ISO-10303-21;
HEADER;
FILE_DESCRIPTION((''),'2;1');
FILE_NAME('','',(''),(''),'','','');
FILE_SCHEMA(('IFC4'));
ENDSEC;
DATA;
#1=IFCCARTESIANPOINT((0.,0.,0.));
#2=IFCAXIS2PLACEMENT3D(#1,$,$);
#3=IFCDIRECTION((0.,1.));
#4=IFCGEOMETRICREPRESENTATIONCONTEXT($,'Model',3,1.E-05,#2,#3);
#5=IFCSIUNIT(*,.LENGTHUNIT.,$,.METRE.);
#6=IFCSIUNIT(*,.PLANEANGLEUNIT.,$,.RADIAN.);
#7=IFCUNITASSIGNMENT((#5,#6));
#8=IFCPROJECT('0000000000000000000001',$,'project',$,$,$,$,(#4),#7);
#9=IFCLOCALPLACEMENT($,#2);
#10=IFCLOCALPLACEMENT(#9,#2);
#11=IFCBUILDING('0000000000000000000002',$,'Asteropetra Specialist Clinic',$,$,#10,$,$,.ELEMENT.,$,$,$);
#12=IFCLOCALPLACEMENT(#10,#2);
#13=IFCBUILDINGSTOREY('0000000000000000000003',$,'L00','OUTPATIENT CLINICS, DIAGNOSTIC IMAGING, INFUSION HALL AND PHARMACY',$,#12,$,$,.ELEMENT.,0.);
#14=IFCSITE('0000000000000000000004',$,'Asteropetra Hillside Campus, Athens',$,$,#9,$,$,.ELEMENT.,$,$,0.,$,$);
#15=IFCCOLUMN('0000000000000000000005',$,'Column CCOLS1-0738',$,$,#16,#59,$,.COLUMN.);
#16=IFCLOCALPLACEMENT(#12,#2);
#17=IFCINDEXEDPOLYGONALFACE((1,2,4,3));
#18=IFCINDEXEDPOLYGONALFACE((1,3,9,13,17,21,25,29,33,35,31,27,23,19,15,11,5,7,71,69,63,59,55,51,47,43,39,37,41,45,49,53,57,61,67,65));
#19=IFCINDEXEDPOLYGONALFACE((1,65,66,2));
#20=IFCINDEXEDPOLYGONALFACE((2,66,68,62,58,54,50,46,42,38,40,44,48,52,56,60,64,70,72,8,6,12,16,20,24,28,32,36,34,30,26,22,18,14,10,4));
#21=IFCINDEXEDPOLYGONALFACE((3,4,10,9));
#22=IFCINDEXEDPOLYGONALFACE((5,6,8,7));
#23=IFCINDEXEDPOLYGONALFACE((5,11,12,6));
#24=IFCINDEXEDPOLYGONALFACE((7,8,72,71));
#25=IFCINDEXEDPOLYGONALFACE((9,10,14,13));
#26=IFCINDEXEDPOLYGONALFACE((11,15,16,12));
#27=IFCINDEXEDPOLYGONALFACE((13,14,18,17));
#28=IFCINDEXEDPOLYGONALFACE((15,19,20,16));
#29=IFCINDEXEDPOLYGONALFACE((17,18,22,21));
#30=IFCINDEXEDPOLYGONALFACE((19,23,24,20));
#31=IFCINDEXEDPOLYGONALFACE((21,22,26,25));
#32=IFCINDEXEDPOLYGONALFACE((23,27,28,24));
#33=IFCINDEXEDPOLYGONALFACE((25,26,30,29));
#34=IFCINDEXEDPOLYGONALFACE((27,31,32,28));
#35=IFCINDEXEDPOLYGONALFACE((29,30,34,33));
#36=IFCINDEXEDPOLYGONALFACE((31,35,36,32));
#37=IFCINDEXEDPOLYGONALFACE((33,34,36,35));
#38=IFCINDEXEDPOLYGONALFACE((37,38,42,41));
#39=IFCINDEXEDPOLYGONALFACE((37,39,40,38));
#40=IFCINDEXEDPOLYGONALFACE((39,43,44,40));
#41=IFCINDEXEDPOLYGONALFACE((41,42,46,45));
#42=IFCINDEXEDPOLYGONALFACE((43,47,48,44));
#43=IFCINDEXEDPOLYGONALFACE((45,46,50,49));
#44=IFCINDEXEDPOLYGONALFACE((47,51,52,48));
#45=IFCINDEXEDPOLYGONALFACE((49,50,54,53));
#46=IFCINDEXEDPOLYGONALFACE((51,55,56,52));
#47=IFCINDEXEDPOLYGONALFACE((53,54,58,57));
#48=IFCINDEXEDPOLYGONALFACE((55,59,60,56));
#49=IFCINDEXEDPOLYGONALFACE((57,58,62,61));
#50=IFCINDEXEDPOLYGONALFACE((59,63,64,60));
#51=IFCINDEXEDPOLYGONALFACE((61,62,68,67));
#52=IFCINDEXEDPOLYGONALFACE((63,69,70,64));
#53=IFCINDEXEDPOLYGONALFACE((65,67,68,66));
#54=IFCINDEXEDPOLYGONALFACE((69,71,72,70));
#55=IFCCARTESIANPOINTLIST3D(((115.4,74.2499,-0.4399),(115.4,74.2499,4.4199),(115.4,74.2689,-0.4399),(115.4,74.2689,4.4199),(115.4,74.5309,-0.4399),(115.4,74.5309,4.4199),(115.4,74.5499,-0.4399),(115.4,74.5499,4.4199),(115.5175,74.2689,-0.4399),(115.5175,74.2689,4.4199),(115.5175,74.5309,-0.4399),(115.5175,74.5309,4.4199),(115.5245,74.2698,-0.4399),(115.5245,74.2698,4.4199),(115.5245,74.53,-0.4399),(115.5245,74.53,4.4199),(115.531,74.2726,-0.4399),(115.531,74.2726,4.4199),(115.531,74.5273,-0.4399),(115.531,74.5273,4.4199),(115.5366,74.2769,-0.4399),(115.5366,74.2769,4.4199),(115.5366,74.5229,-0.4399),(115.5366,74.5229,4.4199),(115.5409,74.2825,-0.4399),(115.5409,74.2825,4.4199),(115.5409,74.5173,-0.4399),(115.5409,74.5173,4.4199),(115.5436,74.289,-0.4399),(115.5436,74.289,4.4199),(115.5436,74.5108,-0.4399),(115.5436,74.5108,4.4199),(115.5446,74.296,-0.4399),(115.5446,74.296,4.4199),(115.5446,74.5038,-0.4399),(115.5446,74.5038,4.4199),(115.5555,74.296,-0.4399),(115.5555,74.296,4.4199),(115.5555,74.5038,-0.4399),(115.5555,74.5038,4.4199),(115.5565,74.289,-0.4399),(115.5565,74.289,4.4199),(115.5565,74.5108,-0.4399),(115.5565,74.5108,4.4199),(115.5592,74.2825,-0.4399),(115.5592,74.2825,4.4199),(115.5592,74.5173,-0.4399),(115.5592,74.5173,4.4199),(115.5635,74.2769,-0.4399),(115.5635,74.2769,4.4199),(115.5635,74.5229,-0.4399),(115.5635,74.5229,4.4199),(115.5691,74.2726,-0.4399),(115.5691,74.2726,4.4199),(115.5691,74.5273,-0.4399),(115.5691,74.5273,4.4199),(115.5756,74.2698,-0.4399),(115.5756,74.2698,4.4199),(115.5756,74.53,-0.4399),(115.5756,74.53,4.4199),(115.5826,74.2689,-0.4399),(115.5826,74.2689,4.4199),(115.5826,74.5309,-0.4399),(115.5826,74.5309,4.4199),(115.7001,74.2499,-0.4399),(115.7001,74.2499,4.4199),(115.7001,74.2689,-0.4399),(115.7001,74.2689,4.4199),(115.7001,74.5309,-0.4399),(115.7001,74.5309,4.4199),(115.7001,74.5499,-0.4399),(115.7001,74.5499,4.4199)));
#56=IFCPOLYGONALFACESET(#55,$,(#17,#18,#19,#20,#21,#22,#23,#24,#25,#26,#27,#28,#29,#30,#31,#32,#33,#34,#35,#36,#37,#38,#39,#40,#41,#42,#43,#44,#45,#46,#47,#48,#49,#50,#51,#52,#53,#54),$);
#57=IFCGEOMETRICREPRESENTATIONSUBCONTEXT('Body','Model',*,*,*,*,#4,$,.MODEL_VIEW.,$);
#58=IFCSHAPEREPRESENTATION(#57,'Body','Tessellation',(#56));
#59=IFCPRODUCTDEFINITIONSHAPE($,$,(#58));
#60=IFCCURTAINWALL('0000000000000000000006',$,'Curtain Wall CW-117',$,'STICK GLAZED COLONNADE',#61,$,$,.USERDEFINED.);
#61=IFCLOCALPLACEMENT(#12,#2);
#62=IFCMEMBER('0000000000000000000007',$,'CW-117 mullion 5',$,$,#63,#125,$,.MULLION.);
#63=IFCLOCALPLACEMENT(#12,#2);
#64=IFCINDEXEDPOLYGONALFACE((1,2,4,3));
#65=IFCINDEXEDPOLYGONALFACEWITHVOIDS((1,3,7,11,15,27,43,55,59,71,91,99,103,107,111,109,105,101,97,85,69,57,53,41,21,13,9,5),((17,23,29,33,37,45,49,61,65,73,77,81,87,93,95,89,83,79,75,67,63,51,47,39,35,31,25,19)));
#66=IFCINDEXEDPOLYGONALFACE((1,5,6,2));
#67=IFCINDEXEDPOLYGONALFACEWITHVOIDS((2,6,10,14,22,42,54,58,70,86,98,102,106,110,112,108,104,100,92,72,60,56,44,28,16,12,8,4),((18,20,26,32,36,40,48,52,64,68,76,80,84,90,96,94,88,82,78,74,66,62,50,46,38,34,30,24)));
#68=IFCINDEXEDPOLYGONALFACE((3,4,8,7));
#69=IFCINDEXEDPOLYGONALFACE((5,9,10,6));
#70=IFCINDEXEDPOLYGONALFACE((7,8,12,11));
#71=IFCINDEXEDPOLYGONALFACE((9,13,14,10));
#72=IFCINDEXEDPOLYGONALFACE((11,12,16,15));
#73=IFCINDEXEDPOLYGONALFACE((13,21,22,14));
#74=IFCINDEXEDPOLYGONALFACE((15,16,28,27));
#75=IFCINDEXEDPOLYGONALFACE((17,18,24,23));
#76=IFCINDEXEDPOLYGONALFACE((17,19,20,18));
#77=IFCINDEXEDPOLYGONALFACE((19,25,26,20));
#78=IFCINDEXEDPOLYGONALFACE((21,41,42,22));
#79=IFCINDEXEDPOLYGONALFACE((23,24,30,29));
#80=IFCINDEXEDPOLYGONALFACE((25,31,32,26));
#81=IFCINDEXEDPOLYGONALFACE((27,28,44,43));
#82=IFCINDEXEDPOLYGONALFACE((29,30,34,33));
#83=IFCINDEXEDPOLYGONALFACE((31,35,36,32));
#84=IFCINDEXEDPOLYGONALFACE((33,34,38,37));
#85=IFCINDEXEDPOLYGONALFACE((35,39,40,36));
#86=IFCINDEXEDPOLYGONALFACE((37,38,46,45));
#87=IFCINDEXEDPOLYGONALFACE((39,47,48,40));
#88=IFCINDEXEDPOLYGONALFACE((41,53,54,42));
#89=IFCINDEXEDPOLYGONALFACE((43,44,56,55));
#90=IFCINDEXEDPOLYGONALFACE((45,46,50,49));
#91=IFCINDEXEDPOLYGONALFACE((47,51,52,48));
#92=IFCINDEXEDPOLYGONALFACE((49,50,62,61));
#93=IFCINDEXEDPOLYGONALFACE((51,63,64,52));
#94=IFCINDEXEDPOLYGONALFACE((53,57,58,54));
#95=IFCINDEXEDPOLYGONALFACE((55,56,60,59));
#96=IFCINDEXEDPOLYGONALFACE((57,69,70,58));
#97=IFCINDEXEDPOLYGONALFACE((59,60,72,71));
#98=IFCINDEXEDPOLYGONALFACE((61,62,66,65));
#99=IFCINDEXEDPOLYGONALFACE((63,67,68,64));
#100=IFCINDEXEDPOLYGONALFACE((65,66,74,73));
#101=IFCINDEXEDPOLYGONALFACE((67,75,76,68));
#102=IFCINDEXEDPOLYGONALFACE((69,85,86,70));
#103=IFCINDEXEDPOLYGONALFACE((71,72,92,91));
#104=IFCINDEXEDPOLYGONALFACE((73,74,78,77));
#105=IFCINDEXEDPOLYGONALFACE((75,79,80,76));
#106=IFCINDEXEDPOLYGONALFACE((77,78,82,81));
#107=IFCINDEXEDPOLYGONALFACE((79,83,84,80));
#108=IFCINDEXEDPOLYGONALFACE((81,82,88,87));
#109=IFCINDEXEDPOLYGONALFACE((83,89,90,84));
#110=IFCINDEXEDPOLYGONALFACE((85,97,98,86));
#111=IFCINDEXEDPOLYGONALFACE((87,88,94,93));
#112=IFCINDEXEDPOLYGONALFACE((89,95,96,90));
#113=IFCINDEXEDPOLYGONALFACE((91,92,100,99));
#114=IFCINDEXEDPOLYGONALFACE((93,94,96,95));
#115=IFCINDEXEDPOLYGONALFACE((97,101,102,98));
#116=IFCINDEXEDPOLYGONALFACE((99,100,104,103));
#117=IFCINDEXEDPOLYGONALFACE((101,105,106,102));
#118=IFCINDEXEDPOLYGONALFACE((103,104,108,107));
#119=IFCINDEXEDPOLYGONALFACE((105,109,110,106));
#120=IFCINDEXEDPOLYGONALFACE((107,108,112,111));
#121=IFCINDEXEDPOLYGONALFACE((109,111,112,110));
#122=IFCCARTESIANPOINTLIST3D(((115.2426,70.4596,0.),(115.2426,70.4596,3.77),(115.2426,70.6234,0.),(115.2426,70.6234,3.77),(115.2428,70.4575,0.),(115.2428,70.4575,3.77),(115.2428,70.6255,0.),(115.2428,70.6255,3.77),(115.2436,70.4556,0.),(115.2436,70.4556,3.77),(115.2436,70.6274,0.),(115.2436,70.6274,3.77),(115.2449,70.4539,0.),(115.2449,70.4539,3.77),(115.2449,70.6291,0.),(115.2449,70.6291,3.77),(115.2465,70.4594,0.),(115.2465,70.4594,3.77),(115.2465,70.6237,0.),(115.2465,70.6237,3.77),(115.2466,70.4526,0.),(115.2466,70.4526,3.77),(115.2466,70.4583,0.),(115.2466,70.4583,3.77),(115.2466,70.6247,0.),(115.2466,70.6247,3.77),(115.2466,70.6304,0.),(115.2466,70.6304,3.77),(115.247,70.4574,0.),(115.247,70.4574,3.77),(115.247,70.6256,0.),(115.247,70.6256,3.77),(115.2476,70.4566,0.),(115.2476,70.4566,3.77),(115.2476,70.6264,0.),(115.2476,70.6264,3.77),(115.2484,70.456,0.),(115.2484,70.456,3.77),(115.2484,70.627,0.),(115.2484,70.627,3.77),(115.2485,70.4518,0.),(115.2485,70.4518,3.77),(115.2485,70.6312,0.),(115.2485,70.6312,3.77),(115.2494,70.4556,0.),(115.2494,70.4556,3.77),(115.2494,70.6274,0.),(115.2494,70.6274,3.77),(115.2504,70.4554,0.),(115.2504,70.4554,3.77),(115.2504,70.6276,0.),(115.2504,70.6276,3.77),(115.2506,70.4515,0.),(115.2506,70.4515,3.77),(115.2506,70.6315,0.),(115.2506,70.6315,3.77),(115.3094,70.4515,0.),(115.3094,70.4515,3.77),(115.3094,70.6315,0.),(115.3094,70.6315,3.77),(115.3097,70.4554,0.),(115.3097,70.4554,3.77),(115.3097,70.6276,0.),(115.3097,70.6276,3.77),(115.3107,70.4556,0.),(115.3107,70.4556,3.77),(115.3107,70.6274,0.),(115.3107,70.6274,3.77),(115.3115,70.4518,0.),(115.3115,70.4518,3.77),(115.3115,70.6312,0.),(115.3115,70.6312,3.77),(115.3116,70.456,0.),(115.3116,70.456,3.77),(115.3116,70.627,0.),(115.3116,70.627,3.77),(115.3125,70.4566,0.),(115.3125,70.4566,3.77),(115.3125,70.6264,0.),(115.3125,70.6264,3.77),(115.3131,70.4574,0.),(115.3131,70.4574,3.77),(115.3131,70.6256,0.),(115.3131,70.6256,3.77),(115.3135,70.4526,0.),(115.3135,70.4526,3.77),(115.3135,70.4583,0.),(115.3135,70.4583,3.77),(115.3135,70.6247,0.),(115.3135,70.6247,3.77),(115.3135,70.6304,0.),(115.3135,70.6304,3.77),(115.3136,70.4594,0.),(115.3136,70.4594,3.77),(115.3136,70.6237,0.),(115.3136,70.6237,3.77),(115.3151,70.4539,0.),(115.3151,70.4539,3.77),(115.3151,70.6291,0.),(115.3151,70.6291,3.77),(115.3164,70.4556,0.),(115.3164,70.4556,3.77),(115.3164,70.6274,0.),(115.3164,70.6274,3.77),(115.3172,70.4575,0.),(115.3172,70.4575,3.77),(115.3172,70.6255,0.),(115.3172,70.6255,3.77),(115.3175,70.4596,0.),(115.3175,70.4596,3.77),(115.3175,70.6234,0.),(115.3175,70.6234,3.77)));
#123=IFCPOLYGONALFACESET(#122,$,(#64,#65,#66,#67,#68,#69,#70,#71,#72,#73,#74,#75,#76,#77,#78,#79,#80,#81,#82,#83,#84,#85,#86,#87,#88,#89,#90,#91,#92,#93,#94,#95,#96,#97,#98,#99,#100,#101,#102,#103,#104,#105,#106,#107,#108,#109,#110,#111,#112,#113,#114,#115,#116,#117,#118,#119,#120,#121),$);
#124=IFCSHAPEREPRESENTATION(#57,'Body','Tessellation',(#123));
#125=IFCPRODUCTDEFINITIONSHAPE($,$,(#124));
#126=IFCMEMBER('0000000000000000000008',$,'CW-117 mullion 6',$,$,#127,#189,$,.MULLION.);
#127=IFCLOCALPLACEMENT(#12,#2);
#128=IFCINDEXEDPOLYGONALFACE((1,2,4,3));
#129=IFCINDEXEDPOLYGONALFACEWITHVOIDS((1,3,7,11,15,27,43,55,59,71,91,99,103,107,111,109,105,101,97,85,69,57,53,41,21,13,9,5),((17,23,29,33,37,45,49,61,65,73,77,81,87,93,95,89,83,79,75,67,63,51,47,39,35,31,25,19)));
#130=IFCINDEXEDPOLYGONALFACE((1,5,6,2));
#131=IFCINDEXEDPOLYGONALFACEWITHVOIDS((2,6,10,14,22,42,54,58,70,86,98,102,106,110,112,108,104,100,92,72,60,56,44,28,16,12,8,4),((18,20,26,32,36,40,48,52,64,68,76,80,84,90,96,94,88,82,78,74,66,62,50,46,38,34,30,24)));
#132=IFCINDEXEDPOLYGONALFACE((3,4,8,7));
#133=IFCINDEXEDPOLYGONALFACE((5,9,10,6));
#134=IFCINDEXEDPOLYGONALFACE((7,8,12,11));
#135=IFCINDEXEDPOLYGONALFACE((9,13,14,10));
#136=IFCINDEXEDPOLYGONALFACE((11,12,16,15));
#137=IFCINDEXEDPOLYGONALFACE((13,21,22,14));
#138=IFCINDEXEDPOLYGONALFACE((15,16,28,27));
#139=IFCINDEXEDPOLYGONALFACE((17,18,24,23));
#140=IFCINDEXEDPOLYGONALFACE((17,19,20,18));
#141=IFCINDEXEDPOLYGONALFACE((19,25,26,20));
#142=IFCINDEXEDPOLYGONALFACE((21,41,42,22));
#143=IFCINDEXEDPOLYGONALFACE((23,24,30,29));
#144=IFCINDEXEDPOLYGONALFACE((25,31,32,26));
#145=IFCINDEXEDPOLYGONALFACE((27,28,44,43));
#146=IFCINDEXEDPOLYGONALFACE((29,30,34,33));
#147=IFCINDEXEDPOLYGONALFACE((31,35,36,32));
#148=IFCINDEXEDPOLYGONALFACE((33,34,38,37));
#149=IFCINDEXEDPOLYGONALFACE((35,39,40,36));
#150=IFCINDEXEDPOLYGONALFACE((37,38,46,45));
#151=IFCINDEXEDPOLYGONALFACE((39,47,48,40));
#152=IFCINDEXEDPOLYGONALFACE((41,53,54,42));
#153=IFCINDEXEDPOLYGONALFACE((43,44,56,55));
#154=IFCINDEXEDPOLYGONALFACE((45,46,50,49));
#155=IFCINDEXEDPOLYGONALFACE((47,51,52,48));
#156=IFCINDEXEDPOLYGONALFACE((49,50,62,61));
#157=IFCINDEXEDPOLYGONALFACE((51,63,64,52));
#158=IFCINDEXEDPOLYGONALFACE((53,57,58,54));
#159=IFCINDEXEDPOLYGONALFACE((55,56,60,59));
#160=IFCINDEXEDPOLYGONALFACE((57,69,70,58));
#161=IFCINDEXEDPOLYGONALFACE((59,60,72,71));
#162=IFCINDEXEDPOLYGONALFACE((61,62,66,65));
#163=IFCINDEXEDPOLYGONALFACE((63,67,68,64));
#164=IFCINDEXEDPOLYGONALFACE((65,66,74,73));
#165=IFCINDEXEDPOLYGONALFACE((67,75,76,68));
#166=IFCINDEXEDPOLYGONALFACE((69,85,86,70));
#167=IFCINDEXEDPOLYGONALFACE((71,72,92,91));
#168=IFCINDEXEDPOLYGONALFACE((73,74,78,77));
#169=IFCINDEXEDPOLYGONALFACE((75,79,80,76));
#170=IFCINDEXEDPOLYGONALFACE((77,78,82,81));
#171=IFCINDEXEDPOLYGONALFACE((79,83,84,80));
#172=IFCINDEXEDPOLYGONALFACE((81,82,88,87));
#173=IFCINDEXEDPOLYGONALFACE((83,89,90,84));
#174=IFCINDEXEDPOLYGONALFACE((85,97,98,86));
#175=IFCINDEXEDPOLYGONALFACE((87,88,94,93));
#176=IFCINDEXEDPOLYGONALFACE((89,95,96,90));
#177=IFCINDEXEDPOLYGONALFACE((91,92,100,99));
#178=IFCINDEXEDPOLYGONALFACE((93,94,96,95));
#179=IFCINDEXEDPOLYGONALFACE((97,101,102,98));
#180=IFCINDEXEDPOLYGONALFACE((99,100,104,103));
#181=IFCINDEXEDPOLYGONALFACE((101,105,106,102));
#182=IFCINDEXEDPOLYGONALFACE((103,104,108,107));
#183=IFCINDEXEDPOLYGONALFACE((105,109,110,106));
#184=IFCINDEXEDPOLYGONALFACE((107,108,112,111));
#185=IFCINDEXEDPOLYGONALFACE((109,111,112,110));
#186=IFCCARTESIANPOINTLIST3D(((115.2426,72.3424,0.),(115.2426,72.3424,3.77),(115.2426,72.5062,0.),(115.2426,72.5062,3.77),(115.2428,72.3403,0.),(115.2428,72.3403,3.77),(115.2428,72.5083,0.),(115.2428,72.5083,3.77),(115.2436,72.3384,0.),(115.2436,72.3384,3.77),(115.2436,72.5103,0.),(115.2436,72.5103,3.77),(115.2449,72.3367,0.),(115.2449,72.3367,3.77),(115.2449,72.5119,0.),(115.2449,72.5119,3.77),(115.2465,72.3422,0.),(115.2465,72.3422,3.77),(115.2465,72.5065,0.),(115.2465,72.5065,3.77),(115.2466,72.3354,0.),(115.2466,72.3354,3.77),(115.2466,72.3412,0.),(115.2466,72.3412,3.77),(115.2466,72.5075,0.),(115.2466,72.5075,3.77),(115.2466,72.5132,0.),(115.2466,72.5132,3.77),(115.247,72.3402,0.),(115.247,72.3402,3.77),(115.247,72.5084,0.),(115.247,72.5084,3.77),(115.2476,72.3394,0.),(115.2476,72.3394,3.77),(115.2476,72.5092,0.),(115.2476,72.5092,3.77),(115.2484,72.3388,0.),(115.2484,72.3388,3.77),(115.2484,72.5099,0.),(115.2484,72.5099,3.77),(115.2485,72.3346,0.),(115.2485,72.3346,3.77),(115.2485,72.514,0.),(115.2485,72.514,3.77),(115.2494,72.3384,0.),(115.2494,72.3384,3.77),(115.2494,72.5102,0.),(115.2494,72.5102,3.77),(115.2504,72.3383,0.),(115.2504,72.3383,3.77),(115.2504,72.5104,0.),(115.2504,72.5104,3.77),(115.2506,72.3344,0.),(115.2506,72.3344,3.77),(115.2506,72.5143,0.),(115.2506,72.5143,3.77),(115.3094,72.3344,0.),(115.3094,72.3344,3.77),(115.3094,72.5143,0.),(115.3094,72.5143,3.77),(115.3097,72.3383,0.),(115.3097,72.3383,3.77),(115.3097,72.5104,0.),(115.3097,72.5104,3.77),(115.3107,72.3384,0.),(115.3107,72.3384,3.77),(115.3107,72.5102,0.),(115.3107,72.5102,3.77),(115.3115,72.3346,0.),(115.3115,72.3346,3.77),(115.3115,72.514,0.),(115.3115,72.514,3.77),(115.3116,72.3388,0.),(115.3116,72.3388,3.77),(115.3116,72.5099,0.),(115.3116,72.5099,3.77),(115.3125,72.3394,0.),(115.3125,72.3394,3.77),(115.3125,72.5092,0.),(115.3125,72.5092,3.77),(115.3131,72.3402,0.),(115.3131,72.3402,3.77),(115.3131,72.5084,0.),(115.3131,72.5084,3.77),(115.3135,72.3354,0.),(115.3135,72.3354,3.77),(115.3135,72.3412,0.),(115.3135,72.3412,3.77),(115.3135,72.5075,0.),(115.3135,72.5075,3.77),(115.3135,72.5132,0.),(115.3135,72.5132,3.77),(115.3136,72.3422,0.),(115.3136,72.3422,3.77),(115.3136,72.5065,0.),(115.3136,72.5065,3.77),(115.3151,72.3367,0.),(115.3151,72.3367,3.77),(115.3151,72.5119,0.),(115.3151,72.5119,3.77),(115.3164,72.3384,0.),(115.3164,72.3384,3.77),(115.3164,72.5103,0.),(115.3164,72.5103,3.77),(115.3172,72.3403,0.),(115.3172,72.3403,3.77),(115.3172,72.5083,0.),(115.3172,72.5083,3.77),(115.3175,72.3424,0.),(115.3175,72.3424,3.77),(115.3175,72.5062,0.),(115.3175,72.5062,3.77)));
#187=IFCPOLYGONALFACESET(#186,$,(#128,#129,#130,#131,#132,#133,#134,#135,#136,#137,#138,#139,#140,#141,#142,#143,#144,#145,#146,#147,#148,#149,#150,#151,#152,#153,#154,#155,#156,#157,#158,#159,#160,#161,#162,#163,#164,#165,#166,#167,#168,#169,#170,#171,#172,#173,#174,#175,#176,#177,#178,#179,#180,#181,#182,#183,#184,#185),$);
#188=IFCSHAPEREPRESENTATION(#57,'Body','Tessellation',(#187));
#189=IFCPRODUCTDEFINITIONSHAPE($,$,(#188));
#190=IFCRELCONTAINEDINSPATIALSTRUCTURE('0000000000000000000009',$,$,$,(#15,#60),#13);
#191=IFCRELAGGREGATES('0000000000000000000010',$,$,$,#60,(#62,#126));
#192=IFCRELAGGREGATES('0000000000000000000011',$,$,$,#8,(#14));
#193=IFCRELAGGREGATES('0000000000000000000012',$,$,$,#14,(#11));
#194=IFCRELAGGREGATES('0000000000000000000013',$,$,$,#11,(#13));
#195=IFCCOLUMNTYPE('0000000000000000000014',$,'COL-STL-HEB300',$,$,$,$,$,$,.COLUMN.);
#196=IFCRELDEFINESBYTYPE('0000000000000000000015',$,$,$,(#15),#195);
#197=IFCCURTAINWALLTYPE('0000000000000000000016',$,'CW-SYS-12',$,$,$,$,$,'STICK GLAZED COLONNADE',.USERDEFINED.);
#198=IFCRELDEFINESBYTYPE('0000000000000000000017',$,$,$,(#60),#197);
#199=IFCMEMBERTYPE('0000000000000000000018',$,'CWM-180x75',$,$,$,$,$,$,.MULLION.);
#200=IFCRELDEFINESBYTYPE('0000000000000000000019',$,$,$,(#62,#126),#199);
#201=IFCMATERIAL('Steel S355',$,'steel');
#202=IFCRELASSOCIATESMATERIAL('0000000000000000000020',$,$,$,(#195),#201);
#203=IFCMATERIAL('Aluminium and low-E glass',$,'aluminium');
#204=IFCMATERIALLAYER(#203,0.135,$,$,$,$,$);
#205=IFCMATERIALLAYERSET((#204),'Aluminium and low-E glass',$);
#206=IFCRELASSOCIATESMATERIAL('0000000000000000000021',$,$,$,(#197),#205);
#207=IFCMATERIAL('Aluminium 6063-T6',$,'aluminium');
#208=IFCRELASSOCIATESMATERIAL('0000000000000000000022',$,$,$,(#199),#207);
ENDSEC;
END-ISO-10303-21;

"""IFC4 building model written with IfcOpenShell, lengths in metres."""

from ifc_helpers import new_model, si_unit, direction, frame, origin, origin_2d, place, context, subcontext, project, spatial, hollow_rectangle, i_section, extrude, material, layer, layer_set, material_profile, profile_set, type_object, element, aggregate, save


model = new_model("IFC4")

# Units and contexts
model_context = context("Model", 3, precision=1e-05, world=origin(), true_north=direction((0.0, 1.0)))
body_context = subcontext(model_context, "Body", "Model", "MODEL_VIEW")
ifc_project = project(units=[si_unit("LENGTHUNIT", "METRE"), si_unit("PLANEANGLEUNIT", "RADIAN")], contexts=[model_context])

# Site, building, storey
site_placement = place(None, origin())
site = spatial("IfcSite", under=ifc_project, at=site_placement, Name="Asteropetra Hillside Campus, Athens", CompositionType="ELEMENT", RefElevation=0.0)
building_placement = place(site_placement, origin())
building = spatial("IfcBuilding", under=site, at=building_placement, Name="Asteropetra Specialist Clinic", CompositionType="ELEMENT")
storey_placement = place(building_placement, origin())
storey = spatial("IfcBuildingStorey", under=building, at=storey_placement, Name="L00", Description="OUTPATIENT CLINICS, DIAGNOSTIC IMAGING, INFUSION HALL AND PHARMACY", CompositionType="ELEMENT", Elevation=0.0)

# Column
ifc_material_1 = material(Name="Steel S355", Category="steel")
ifc_material_profile_1 = material_profile(ifc_material_1, i_section(OverallWidth=0.3, OverallDepth=0.3, WebThickness=0.011, FlangeThickness=0.019, FilletRadius=0.0271, at=origin_2d()), Name="HEB 300")
ifc_profile_set_1 = profile_set([ifc_material_profile_1], Name="Steel S355")
column_type_1 = type_object("IfcColumnType", Name="COL-STL-HEB300", PredefinedType="COLUMN", material=ifc_profile_set_1)
for number, where, z_axis, x_axis, name in (
    (1, (115.55, 74.3999, -0.4399), (0.0, 0.0, 1.0), (1.0, 0.0, 0.0), "Column CCOLS1-0738"),
):
    element("IfcColumn", number, at=place(storey_placement, frame(where, z_axis=z_axis, x_axis=x_axis)), inside=storey, type_object=column_type_1, Name=name, PredefinedType="COLUMN", context=body_context, shape_type="SweptSolid", body=[
        extrude(i_section(OverallWidth=0.3, OverallDepth=0.3, WebThickness=0.011, FlangeThickness=0.019, FilletRadius=0.0271, at=origin_2d()), origin(), (0.0, 0.0, 1.0), 4.8599),
    ])

# Curtain wall, members
ifc_material_2 = material(Name="Aluminium and low-E glass", Category="aluminium")
ifc_layer_1 = layer(ifc_material_2, 0.135)
ifc_layer_set_1 = layer_set([ifc_layer_1], Name="Aluminium and low-E glass")
curtain_wall_type = type_object("IfcCurtainWallType", Name="CW-SYS-12", ElementType="STICK GLAZED COLONNADE", PredefinedType="USERDEFINED", material=ifc_layer_set_1)
curtain_wall_placement = place(storey_placement, origin())
curtain_wall = element("IfcCurtainWall", 2, at=curtain_wall_placement, inside=storey, type_object=curtain_wall_type, Name="Curtain Wall CW-117", ObjectType="STICK GLAZED COLONNADE", PredefinedType="USERDEFINED")
ifc_material_3 = material(Name="Aluminium 6063-T6", Category="aluminium")
ifc_material_profile_2 = material_profile(ifc_material_3, hollow_rectangle(XDim=0.075, YDim=0.1799, WallThickness=0.0039, InnerFilletRadius=0.0039, OuterFilletRadius=0.0081, at=origin_2d()), Name="MUL 180x75x4.0")
ifc_profile_set_2 = profile_set([ifc_material_profile_2], Name="Aluminium 6063-T6")
member_type_1 = type_object("IfcMemberType", Name="CWM-180x75", PredefinedType="MULLION", material=ifc_profile_set_2)
member_1_placement = place(storey_placement, frame((115.28, 70.5415, 0.0), z_axis=(0.0, 0.0, 1.0), x_axis=(-1.0, 0.0, 0.0)))
member_1 = element("IfcMember", 3, at=member_1_placement, type_object=member_type_1, Name="CW-117 mullion 5", PredefinedType="MULLION", context=body_context, shape_type="SweptSolid", body=[
    extrude(hollow_rectangle(XDim=0.075, YDim=0.1799, WallThickness=0.0039, InnerFilletRadius=0.0039, OuterFilletRadius=0.0081, at=origin_2d()), origin(), (0.0, 0.0, 1.0), 3.77),
])
member_2_placement = place(storey_placement, frame((115.28, 72.4243, 0.0), z_axis=(0.0, 0.0, 1.0), x_axis=(-1.0, 0.0, 0.0)))
member_2 = element("IfcMember", 4, at=member_2_placement, type_object=member_type_1, Name="CW-117 mullion 6", PredefinedType="MULLION", context=body_context, shape_type="SweptSolid", body=[
    extrude(hollow_rectangle(XDim=0.075, YDim=0.1799, WallThickness=0.0039, InnerFilletRadius=0.0039, OuterFilletRadius=0.0081, at=origin_2d()), origin(), (0.0, 0.0, 1.0), 3.77),
])
aggregate(curtain_wall, [member_1, member_2])

save(model, "model.ifc")
